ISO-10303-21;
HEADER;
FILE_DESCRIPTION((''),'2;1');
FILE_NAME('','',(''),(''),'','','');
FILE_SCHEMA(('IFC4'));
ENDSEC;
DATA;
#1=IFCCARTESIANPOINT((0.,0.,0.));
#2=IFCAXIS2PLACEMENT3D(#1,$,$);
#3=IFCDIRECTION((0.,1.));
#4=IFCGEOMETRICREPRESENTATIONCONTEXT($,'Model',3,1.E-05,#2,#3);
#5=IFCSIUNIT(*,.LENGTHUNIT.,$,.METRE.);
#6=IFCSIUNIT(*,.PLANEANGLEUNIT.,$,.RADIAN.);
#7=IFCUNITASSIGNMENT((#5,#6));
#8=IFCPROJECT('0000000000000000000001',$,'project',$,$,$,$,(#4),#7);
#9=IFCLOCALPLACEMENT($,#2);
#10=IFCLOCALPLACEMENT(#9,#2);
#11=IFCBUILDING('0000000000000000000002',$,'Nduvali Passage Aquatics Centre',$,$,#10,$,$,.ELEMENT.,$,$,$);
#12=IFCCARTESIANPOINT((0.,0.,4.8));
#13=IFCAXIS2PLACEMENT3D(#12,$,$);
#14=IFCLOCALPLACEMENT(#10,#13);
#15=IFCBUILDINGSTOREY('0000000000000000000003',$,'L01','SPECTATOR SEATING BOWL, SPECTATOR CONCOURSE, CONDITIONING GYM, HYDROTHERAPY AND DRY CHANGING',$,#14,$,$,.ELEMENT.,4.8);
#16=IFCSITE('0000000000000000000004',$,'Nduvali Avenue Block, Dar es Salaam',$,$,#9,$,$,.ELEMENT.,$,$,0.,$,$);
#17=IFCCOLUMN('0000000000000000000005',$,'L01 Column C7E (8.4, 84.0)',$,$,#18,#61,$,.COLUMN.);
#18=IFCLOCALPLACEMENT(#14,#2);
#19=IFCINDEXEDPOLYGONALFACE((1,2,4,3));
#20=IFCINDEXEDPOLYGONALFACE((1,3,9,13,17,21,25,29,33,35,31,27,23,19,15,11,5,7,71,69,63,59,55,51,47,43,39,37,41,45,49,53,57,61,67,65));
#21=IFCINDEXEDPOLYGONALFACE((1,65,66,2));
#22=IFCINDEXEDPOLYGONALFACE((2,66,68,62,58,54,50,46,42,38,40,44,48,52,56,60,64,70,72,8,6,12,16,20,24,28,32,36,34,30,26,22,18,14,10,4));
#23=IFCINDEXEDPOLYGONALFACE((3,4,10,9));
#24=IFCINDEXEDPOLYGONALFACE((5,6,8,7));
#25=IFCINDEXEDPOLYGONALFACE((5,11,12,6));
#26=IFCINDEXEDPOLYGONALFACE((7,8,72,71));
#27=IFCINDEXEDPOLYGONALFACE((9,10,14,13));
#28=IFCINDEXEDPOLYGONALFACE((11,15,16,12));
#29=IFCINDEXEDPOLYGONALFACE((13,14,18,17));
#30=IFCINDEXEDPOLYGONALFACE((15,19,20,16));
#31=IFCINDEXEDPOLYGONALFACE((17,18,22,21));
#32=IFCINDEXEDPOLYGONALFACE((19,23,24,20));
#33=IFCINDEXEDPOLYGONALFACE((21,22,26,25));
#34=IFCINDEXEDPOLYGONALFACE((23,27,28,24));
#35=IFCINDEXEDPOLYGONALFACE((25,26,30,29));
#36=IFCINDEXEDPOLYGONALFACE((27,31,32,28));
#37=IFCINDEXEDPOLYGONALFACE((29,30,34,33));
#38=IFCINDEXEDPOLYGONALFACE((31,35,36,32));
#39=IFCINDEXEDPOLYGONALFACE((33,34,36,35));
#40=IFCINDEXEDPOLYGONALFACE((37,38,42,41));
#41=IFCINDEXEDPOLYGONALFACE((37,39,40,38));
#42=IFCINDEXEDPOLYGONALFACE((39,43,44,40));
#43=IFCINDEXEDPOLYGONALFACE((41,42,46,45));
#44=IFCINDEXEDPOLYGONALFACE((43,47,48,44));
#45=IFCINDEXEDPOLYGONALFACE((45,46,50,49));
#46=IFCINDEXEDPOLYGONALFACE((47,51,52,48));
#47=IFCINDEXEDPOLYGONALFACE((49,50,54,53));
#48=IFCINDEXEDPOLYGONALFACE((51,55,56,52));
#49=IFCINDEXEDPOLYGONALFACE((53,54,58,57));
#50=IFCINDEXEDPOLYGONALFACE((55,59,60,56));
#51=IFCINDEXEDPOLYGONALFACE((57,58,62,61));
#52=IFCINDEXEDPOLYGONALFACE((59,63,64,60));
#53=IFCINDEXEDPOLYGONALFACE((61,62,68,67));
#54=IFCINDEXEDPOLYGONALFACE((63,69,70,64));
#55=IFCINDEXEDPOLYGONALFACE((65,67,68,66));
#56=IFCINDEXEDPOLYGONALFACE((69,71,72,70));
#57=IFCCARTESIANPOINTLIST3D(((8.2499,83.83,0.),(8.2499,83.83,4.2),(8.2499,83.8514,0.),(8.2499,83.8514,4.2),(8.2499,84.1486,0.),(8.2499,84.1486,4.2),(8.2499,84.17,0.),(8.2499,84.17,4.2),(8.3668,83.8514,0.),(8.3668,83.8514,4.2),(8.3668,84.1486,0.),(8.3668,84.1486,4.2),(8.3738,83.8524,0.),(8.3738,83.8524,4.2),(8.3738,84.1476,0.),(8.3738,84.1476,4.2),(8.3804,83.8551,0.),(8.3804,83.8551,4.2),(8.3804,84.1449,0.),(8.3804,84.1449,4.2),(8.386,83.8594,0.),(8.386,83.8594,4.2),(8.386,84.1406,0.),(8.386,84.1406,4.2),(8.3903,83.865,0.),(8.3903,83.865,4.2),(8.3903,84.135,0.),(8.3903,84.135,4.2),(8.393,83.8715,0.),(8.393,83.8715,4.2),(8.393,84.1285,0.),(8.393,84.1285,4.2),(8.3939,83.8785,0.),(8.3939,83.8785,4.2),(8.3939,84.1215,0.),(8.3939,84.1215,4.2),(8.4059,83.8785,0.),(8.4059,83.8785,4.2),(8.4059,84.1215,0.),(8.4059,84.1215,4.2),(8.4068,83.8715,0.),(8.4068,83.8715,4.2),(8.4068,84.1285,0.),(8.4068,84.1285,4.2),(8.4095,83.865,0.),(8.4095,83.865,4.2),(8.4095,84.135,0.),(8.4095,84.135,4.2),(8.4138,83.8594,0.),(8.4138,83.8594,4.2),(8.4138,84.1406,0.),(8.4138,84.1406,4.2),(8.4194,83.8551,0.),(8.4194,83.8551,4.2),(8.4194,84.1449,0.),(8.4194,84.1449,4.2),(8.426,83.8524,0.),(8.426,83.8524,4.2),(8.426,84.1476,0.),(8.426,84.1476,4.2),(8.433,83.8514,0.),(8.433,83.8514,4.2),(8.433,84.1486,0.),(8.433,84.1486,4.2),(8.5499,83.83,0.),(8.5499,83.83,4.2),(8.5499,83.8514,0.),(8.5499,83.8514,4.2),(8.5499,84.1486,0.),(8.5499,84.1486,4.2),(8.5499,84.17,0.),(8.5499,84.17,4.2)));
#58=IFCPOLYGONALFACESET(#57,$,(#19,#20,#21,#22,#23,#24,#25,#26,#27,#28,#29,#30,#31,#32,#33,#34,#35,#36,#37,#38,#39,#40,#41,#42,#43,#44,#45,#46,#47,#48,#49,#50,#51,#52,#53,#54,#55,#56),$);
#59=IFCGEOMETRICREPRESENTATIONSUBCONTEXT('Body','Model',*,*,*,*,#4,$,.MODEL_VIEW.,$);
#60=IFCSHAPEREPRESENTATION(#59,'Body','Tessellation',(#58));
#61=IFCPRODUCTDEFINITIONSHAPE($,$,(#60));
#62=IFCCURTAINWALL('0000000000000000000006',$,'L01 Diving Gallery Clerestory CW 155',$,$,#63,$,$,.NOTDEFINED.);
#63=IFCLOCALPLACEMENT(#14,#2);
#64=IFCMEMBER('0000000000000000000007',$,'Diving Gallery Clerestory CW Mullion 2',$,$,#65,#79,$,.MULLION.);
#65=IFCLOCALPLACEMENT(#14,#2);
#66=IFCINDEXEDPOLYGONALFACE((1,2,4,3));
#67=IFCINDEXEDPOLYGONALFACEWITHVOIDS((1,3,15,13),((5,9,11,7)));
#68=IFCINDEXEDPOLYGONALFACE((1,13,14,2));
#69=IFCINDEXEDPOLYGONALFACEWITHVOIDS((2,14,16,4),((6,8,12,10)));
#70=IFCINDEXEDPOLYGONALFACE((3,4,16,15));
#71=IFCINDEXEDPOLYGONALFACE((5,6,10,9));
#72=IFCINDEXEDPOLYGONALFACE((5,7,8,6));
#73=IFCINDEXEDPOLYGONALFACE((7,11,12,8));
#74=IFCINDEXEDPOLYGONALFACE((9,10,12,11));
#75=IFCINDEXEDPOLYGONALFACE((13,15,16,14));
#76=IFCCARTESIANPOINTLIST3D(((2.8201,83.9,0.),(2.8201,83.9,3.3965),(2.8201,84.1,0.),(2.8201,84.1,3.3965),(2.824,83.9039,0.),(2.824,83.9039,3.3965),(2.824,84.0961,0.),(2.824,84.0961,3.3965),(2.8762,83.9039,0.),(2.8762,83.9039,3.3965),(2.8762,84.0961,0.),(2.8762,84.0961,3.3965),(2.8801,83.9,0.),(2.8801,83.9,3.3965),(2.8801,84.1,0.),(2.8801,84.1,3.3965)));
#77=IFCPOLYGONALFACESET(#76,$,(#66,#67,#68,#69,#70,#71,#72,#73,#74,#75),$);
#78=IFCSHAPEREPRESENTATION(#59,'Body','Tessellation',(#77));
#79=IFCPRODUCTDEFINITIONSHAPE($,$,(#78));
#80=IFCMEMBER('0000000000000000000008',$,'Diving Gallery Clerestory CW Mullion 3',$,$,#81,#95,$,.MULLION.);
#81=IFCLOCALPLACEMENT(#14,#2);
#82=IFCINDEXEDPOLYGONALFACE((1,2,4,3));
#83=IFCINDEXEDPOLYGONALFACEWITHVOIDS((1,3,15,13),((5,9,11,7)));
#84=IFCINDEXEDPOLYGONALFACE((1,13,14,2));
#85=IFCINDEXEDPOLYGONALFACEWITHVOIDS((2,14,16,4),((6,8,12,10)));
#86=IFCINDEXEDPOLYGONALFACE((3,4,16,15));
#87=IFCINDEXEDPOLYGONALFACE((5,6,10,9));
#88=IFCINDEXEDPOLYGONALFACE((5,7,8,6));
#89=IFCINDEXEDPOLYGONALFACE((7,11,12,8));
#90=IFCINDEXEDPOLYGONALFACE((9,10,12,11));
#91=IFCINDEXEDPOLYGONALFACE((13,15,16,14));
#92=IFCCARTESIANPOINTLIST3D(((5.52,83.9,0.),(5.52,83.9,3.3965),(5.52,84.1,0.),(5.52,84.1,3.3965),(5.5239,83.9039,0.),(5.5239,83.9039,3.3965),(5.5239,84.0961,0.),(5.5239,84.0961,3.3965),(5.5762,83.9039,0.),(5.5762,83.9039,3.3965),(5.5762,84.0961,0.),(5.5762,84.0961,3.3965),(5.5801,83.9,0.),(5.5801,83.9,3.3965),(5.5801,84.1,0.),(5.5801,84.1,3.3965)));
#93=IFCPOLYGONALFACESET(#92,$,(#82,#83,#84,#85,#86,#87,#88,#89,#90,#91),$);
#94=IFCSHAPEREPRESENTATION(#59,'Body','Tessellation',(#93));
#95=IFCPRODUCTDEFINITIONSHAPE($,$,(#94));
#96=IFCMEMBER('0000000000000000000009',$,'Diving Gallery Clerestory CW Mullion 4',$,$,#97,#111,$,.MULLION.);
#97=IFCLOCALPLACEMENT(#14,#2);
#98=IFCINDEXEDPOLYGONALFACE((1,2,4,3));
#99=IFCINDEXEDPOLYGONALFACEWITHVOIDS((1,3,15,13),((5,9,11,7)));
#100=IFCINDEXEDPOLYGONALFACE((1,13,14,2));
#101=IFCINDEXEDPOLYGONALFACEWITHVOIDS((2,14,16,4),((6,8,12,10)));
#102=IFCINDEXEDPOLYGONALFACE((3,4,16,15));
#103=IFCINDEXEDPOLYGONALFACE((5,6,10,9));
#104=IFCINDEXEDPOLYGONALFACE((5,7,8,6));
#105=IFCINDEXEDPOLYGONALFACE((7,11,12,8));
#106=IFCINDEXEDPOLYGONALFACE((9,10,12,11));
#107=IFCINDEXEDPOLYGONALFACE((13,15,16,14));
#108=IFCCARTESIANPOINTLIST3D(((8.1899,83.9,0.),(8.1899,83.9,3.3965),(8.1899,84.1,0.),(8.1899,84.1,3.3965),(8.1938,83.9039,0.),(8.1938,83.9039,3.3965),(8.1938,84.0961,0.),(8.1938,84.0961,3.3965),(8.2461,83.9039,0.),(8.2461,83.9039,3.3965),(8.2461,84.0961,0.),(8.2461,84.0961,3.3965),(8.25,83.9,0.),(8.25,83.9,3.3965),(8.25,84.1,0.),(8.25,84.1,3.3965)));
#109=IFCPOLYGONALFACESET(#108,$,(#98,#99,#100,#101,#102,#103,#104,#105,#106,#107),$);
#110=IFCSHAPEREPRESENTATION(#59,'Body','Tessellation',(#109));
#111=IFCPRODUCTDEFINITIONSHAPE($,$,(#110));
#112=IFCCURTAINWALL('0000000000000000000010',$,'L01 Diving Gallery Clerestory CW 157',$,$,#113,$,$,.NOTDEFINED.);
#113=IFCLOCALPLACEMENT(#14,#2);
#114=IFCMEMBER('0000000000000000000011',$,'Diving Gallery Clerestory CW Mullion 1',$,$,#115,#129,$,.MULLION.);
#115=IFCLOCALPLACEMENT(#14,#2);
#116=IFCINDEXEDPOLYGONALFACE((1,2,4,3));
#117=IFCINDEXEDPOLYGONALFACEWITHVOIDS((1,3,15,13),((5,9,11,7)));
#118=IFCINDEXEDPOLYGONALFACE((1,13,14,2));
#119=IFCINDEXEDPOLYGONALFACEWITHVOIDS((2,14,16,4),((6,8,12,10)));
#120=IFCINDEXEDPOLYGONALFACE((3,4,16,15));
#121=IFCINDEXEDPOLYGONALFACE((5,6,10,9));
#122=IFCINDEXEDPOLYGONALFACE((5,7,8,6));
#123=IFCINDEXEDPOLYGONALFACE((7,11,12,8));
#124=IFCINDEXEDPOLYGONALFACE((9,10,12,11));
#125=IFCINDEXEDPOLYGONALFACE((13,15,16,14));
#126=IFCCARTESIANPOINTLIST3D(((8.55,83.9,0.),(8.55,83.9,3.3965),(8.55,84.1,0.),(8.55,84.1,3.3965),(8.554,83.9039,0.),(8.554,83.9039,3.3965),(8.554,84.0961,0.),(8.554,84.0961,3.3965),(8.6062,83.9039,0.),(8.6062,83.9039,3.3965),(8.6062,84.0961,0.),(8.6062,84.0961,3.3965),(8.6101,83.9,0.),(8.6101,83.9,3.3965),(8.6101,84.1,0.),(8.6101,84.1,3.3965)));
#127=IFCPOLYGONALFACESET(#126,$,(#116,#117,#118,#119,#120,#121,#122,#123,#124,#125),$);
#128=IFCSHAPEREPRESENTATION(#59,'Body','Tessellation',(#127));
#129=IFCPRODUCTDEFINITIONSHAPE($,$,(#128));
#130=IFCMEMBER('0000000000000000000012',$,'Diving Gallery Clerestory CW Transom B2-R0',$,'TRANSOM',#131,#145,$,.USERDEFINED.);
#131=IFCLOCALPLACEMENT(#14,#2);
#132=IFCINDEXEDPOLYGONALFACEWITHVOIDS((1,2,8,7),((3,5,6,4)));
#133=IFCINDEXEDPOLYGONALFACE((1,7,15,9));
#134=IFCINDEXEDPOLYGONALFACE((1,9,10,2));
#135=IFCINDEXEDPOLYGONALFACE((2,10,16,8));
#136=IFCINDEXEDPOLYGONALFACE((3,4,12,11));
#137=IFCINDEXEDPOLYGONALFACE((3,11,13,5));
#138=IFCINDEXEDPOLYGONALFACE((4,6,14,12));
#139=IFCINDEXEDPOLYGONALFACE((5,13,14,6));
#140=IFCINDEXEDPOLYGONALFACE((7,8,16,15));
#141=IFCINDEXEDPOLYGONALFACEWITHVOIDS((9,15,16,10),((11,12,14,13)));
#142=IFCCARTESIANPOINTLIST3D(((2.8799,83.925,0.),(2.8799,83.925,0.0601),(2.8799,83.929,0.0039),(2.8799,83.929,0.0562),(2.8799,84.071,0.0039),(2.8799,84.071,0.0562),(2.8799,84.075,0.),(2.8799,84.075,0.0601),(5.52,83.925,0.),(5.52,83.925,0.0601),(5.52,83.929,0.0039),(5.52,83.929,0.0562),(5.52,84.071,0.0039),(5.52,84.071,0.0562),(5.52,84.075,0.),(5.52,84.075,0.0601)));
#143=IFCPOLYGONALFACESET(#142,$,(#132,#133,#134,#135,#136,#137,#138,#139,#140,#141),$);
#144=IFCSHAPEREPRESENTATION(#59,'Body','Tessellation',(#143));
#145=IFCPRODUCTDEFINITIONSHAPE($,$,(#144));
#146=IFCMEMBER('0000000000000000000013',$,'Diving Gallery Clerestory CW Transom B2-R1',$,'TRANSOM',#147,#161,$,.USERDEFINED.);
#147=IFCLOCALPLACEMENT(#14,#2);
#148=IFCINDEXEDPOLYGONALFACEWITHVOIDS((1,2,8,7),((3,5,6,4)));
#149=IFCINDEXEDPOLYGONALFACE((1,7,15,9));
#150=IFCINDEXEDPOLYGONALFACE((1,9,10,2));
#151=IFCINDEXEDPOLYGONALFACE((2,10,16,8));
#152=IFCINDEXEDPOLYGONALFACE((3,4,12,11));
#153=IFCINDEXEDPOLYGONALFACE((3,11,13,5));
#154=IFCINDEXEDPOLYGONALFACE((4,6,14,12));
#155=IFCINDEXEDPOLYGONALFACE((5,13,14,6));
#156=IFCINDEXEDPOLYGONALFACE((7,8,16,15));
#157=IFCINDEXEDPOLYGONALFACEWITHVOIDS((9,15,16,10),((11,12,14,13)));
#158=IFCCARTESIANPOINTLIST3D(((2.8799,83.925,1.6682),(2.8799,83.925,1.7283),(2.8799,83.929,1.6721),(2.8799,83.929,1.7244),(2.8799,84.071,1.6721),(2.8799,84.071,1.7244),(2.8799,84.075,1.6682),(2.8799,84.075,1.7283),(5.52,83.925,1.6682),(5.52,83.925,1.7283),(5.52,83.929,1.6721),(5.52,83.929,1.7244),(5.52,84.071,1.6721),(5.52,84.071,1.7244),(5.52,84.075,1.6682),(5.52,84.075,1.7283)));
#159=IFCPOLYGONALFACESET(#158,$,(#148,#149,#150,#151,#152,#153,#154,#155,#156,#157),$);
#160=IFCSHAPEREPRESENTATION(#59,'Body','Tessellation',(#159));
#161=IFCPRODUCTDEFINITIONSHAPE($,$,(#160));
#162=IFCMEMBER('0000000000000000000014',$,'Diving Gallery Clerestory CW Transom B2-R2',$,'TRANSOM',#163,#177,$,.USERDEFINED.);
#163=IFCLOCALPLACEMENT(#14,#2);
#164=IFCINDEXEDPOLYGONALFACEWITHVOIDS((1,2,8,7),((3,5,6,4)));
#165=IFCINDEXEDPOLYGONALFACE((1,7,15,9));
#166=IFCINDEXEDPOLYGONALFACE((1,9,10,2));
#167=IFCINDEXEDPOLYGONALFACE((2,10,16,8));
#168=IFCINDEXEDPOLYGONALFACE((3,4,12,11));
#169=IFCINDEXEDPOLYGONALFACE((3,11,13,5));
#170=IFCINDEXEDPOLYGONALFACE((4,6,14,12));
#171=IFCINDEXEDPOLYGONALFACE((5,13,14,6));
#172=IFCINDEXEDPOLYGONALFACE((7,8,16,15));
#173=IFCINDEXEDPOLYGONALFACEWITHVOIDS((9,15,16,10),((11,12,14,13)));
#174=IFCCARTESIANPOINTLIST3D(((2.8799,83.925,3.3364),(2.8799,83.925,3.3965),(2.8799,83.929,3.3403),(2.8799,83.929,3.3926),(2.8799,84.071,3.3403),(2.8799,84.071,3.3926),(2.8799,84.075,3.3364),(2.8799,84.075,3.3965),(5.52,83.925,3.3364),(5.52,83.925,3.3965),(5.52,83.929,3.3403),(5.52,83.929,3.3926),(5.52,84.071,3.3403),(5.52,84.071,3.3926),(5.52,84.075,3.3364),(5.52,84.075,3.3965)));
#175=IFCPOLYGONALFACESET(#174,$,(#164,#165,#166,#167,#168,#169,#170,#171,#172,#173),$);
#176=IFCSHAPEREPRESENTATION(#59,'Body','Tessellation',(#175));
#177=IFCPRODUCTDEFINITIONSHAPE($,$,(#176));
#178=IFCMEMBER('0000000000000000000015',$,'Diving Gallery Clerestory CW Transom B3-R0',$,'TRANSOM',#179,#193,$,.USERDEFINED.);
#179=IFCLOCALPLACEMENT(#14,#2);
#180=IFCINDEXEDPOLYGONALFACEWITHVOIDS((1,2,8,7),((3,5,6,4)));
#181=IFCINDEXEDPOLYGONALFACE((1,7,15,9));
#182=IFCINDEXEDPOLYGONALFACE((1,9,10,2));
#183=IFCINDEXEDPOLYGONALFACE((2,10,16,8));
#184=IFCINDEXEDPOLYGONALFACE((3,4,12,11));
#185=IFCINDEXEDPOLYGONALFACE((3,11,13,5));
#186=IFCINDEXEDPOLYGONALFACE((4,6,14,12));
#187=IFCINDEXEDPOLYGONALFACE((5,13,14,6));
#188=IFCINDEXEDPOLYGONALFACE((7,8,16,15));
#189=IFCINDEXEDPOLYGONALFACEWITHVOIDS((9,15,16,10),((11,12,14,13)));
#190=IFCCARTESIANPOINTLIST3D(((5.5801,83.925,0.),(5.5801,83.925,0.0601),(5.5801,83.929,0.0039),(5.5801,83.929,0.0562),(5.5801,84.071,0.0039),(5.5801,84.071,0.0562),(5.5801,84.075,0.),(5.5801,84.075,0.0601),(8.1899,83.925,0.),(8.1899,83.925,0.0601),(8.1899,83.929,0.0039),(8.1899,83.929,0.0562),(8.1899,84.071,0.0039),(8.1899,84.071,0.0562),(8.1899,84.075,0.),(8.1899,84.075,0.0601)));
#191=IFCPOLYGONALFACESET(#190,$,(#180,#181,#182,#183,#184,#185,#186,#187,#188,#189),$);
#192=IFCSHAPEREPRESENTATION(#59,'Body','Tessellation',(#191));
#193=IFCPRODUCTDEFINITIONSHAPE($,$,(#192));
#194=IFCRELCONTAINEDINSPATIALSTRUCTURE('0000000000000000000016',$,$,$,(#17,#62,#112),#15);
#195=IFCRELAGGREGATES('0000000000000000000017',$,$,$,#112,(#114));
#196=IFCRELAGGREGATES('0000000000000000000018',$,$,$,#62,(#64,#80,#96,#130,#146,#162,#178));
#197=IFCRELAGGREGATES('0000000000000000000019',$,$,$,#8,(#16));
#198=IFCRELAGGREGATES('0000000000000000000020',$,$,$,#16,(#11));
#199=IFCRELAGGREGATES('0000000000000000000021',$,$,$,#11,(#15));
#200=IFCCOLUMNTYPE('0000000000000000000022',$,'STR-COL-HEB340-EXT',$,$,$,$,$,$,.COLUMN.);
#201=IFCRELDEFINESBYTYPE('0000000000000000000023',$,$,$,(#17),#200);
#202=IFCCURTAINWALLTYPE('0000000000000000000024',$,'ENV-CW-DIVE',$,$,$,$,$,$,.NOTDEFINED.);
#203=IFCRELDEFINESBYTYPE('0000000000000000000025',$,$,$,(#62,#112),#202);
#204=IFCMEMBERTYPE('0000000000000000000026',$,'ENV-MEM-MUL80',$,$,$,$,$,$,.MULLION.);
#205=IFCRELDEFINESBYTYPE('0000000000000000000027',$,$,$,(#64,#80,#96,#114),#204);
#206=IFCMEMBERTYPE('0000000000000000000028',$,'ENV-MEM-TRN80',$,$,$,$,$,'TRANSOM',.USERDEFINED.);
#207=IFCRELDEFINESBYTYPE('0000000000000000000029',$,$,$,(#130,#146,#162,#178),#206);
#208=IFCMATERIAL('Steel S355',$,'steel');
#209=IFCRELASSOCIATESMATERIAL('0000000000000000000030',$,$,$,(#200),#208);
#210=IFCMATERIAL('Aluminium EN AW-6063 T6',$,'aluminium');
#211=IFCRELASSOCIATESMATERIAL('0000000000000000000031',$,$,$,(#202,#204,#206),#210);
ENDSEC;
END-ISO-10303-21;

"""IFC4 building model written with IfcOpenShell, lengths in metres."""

from ifc_helpers import new_model, si_unit, direction, frame, origin, origin_2d, place, context, subcontext, project, spatial, hollow_rectangle, i_section, extrude, material, material_profile, profile_set, type_object, element, aggregate, save


model = new_model("IFC4")

# Units and contexts
model_context = context("Model", 3, precision=1e-05, world=origin(), true_north=direction((0.0, 1.0)))
body_context = subcontext(model_context, "Body", "Model", "MODEL_VIEW")
ifc_project = project(units=[si_unit("LENGTHUNIT", "METRE"), si_unit("PLANEANGLEUNIT", "RADIAN")], contexts=[model_context])

# Site, building, storey
site_placement = place(None, origin())
site = spatial("IfcSite", under=ifc_project, at=site_placement, Name="Nduvali Avenue Block, Dar es Salaam", CompositionType="ELEMENT", RefElevation=0.0)
building_placement = place(site_placement, origin())
building = spatial("IfcBuilding", under=site, at=building_placement, Name="Nduvali Passage Aquatics Centre", CompositionType="ELEMENT")
storey_placement = place(building_placement, frame((0.0, 0.0, 4.8)))
storey = spatial("IfcBuildingStorey", under=building, at=storey_placement, Name="L01", Description="SPECTATOR SEATING BOWL, SPECTATOR CONCOURSE, CONDITIONING GYM, HYDROTHERAPY AND DRY CHANGING", CompositionType="ELEMENT", Elevation=4.8)

# Column
ifc_material_1 = material(Name="Steel S355", Category="steel")
ifc_material_profile_1 = material_profile(ifc_material_1, i_section(OverallWidth=0.3, OverallDepth=0.3401, WebThickness=0.012, FlangeThickness=0.0215, FilletRadius=0.0271, at=origin_2d()), Name="HEB 340")
ifc_profile_set_1 = profile_set([ifc_material_profile_1], Name="Steel S355")
column_type = type_object("IfcColumnType", Name="STR-COL-HEB340-EXT", PredefinedType="COLUMN", material=ifc_profile_set_1)
column_placement = place(storey_placement, frame((8.3999, 84.0, 0.0), z_axis=(0.0, 0.0, 1.0), x_axis=(1.0, 0.0, 0.0)))
element("IfcColumn", 1, at=column_placement, inside=storey, type_object=column_type, Name="L01 Column C7E (8.4, 84.0)", PredefinedType="COLUMN", context=body_context, shape_type="SweptSolid", body=[
    extrude(i_section(OverallWidth=0.3, OverallDepth=0.3401, WebThickness=0.012, FlangeThickness=0.0215, FilletRadius=0.0271, at=origin_2d()), origin(), (0.0, 0.0, 1.0), 4.2),
])

# Curtain wall, members
ifc_material_2 = material(Name="Aluminium EN AW-6063 T6", Category="aluminium")
curtain_wall_type = type_object("IfcCurtainWallType", Name="ENV-CW-DIVE", PredefinedType="NOTDEFINED", material=ifc_material_2)
curtain_wall_1_placement = place(storey_placement, origin())
curtain_wall_1 = element("IfcCurtainWall", 2, at=curtain_wall_1_placement, inside=storey, type_object=curtain_wall_type, Name="L01 Diving Gallery Clerestory CW 155", PredefinedType="NOTDEFINED")
ifc_material_profile_2 = material_profile(ifc_material_2, hollow_rectangle(XDim=0.0601, YDim=0.2, WallThickness=0.0039, at=origin_2d()), Name="ALU MULLION 60x200x4")
ifc_profile_set_2 = profile_set([ifc_material_profile_2], Name="Aluminium EN AW-6063 T6")
member_type_1 = type_object("IfcMemberType", Name="ENV-MEM-MUL80", PredefinedType="MULLION", material=ifc_profile_set_2)
member_1_placement = place(storey_placement, frame((2.8501, 84.0, 0.0), z_axis=(0.0, 0.0, 1.0), x_axis=(1.0, 0.0, 0.0)))
member_1 = element("IfcMember", 3, at=member_1_placement, type_object=member_type_1, Name="Diving Gallery Clerestory CW Mullion 2", PredefinedType="MULLION", context=body_context, shape_type="SweptSolid", body=[
    extrude(hollow_rectangle(XDim=0.0601, YDim=0.2, WallThickness=0.0039, at=origin_2d()), origin(), (0.0, 0.0, 1.0), 3.3965),
])
member_2_placement = place(storey_placement, frame((5.55, 84.0, 0.0), z_axis=(0.0, 0.0, 1.0), x_axis=(1.0, 0.0, 0.0)))
member_2 = element("IfcMember", 4, at=member_2_placement, type_object=member_type_1, Name="Diving Gallery Clerestory CW Mullion 3", PredefinedType="MULLION", context=body_context, shape_type="SweptSolid", body=[
    extrude(hollow_rectangle(XDim=0.0601, YDim=0.2, WallThickness=0.0039, at=origin_2d()), origin(), (0.0, 0.0, 1.0), 3.3965),
])
member_3_placement = place(storey_placement, frame((8.22, 84.0, 0.0), z_axis=(0.0, 0.0, 1.0), x_axis=(1.0, 0.0, 0.0)))
member_3 = element("IfcMember", 5, at=member_3_placement, type_object=member_type_1, Name="Diving Gallery Clerestory CW Mullion 4", PredefinedType="MULLION", context=body_context, shape_type="SweptSolid", body=[
    extrude(hollow_rectangle(XDim=0.0601, YDim=0.2, WallThickness=0.0039, at=origin_2d()), origin(), (0.0, 0.0, 1.0), 3.3965),
])

# Curtain wall, member
curtain_wall_2_placement = place(storey_placement, origin())
curtain_wall_2 = element("IfcCurtainWall", 6, at=curtain_wall_2_placement, inside=storey, type_object=curtain_wall_type, Name="L01 Diving Gallery Clerestory CW 157", PredefinedType="NOTDEFINED")
member_4_placement = place(storey_placement, frame((8.5801, 84.0, 0.0), z_axis=(0.0, 0.0, 1.0), x_axis=(1.0, 0.0, 0.0)))
member_4 = element("IfcMember", 7, at=member_4_placement, type_object=member_type_1, Name="Diving Gallery Clerestory CW Mullion 1", PredefinedType="MULLION", context=body_context, shape_type="SweptSolid", body=[
    extrude(hollow_rectangle(XDim=0.0601, YDim=0.2, WallThickness=0.0039, at=origin_2d()), origin(), (0.0, 0.0, 1.0), 3.3965),
])

# Members
ifc_material_profile_3 = material_profile(ifc_material_2, hollow_rectangle(XDim=0.1499, YDim=0.0601, WallThickness=0.0039, at=origin_2d()), Name="ALU TRANSOM 150x60x4")
ifc_profile_set_3 = profile_set([ifc_material_profile_3], Name="Aluminium EN AW-6063 T6")
member_type_2 = type_object("IfcMemberType", Name="ENV-MEM-TRN80", ElementType="TRANSOM", PredefinedType="USERDEFINED", material=ifc_profile_set_3)
member_5_placement = place(storey_placement, frame((2.8799, 84.0, 0.03), z_axis=(1.0, 0.0, 0.0), x_axis=(0.0, 1.0, 0.0)))
member_5 = element("IfcMember", 8, at=member_5_placement, type_object=member_type_2, Name="Diving Gallery Clerestory CW Transom B2-R0", ObjectType="TRANSOM", PredefinedType="USERDEFINED", context=body_context, shape_type="SweptSolid", body=[
    extrude(hollow_rectangle(XDim=0.1499, YDim=0.0601, WallThickness=0.0039, at=origin_2d()), origin(), (0.0, 0.0, 1.0), 2.6401),
])
member_6_placement = place(storey_placement, frame((2.8799, 84.0, 1.6982), z_axis=(1.0, 0.0, 0.0), x_axis=(0.0, 1.0, 0.0)))
member_6 = element("IfcMember", 9, at=member_6_placement, type_object=member_type_2, Name="Diving Gallery Clerestory CW Transom B2-R1", ObjectType="TRANSOM", PredefinedType="USERDEFINED", context=body_context, shape_type="SweptSolid", body=[
    extrude(hollow_rectangle(XDim=0.1499, YDim=0.0601, WallThickness=0.0039, at=origin_2d()), origin(), (0.0, 0.0, 1.0), 2.6401),
])
member_7_placement = place(storey_placement, frame((2.8799, 84.0, 3.3665), z_axis=(1.0, 0.0, 0.0), x_axis=(0.0, 1.0, 0.0)))
member_7 = element("IfcMember", 10, at=member_7_placement, type_object=member_type_2, Name="Diving Gallery Clerestory CW Transom B2-R2", ObjectType="TRANSOM", PredefinedType="USERDEFINED", context=body_context, shape_type="SweptSolid", body=[
    extrude(hollow_rectangle(XDim=0.1499, YDim=0.0601, WallThickness=0.0039, at=origin_2d()), origin(), (0.0, 0.0, 1.0), 2.6401),
])
member_8_placement = place(storey_placement, frame((5.5801, 84.0, 0.03), z_axis=(1.0, 0.0, 0.0), x_axis=(0.0, 1.0, 0.0)))
member_8 = element("IfcMember", 11, at=member_8_placement, type_object=member_type_2, Name="Diving Gallery Clerestory CW Transom B3-R0", ObjectType="TRANSOM", PredefinedType="USERDEFINED", context=body_context, shape_type="SweptSolid", body=[
    extrude(hollow_rectangle(XDim=0.1499, YDim=0.0601, WallThickness=0.0039, at=origin_2d()), origin(), (0.0, 0.0, 1.0), 2.6099),
])
aggregate(curtain_wall_2, [member_4])

aggregate(curtain_wall_1, [member_1, member_2, member_3, member_5, member_6, member_7, member_8])

save(model, "model.ifc")
